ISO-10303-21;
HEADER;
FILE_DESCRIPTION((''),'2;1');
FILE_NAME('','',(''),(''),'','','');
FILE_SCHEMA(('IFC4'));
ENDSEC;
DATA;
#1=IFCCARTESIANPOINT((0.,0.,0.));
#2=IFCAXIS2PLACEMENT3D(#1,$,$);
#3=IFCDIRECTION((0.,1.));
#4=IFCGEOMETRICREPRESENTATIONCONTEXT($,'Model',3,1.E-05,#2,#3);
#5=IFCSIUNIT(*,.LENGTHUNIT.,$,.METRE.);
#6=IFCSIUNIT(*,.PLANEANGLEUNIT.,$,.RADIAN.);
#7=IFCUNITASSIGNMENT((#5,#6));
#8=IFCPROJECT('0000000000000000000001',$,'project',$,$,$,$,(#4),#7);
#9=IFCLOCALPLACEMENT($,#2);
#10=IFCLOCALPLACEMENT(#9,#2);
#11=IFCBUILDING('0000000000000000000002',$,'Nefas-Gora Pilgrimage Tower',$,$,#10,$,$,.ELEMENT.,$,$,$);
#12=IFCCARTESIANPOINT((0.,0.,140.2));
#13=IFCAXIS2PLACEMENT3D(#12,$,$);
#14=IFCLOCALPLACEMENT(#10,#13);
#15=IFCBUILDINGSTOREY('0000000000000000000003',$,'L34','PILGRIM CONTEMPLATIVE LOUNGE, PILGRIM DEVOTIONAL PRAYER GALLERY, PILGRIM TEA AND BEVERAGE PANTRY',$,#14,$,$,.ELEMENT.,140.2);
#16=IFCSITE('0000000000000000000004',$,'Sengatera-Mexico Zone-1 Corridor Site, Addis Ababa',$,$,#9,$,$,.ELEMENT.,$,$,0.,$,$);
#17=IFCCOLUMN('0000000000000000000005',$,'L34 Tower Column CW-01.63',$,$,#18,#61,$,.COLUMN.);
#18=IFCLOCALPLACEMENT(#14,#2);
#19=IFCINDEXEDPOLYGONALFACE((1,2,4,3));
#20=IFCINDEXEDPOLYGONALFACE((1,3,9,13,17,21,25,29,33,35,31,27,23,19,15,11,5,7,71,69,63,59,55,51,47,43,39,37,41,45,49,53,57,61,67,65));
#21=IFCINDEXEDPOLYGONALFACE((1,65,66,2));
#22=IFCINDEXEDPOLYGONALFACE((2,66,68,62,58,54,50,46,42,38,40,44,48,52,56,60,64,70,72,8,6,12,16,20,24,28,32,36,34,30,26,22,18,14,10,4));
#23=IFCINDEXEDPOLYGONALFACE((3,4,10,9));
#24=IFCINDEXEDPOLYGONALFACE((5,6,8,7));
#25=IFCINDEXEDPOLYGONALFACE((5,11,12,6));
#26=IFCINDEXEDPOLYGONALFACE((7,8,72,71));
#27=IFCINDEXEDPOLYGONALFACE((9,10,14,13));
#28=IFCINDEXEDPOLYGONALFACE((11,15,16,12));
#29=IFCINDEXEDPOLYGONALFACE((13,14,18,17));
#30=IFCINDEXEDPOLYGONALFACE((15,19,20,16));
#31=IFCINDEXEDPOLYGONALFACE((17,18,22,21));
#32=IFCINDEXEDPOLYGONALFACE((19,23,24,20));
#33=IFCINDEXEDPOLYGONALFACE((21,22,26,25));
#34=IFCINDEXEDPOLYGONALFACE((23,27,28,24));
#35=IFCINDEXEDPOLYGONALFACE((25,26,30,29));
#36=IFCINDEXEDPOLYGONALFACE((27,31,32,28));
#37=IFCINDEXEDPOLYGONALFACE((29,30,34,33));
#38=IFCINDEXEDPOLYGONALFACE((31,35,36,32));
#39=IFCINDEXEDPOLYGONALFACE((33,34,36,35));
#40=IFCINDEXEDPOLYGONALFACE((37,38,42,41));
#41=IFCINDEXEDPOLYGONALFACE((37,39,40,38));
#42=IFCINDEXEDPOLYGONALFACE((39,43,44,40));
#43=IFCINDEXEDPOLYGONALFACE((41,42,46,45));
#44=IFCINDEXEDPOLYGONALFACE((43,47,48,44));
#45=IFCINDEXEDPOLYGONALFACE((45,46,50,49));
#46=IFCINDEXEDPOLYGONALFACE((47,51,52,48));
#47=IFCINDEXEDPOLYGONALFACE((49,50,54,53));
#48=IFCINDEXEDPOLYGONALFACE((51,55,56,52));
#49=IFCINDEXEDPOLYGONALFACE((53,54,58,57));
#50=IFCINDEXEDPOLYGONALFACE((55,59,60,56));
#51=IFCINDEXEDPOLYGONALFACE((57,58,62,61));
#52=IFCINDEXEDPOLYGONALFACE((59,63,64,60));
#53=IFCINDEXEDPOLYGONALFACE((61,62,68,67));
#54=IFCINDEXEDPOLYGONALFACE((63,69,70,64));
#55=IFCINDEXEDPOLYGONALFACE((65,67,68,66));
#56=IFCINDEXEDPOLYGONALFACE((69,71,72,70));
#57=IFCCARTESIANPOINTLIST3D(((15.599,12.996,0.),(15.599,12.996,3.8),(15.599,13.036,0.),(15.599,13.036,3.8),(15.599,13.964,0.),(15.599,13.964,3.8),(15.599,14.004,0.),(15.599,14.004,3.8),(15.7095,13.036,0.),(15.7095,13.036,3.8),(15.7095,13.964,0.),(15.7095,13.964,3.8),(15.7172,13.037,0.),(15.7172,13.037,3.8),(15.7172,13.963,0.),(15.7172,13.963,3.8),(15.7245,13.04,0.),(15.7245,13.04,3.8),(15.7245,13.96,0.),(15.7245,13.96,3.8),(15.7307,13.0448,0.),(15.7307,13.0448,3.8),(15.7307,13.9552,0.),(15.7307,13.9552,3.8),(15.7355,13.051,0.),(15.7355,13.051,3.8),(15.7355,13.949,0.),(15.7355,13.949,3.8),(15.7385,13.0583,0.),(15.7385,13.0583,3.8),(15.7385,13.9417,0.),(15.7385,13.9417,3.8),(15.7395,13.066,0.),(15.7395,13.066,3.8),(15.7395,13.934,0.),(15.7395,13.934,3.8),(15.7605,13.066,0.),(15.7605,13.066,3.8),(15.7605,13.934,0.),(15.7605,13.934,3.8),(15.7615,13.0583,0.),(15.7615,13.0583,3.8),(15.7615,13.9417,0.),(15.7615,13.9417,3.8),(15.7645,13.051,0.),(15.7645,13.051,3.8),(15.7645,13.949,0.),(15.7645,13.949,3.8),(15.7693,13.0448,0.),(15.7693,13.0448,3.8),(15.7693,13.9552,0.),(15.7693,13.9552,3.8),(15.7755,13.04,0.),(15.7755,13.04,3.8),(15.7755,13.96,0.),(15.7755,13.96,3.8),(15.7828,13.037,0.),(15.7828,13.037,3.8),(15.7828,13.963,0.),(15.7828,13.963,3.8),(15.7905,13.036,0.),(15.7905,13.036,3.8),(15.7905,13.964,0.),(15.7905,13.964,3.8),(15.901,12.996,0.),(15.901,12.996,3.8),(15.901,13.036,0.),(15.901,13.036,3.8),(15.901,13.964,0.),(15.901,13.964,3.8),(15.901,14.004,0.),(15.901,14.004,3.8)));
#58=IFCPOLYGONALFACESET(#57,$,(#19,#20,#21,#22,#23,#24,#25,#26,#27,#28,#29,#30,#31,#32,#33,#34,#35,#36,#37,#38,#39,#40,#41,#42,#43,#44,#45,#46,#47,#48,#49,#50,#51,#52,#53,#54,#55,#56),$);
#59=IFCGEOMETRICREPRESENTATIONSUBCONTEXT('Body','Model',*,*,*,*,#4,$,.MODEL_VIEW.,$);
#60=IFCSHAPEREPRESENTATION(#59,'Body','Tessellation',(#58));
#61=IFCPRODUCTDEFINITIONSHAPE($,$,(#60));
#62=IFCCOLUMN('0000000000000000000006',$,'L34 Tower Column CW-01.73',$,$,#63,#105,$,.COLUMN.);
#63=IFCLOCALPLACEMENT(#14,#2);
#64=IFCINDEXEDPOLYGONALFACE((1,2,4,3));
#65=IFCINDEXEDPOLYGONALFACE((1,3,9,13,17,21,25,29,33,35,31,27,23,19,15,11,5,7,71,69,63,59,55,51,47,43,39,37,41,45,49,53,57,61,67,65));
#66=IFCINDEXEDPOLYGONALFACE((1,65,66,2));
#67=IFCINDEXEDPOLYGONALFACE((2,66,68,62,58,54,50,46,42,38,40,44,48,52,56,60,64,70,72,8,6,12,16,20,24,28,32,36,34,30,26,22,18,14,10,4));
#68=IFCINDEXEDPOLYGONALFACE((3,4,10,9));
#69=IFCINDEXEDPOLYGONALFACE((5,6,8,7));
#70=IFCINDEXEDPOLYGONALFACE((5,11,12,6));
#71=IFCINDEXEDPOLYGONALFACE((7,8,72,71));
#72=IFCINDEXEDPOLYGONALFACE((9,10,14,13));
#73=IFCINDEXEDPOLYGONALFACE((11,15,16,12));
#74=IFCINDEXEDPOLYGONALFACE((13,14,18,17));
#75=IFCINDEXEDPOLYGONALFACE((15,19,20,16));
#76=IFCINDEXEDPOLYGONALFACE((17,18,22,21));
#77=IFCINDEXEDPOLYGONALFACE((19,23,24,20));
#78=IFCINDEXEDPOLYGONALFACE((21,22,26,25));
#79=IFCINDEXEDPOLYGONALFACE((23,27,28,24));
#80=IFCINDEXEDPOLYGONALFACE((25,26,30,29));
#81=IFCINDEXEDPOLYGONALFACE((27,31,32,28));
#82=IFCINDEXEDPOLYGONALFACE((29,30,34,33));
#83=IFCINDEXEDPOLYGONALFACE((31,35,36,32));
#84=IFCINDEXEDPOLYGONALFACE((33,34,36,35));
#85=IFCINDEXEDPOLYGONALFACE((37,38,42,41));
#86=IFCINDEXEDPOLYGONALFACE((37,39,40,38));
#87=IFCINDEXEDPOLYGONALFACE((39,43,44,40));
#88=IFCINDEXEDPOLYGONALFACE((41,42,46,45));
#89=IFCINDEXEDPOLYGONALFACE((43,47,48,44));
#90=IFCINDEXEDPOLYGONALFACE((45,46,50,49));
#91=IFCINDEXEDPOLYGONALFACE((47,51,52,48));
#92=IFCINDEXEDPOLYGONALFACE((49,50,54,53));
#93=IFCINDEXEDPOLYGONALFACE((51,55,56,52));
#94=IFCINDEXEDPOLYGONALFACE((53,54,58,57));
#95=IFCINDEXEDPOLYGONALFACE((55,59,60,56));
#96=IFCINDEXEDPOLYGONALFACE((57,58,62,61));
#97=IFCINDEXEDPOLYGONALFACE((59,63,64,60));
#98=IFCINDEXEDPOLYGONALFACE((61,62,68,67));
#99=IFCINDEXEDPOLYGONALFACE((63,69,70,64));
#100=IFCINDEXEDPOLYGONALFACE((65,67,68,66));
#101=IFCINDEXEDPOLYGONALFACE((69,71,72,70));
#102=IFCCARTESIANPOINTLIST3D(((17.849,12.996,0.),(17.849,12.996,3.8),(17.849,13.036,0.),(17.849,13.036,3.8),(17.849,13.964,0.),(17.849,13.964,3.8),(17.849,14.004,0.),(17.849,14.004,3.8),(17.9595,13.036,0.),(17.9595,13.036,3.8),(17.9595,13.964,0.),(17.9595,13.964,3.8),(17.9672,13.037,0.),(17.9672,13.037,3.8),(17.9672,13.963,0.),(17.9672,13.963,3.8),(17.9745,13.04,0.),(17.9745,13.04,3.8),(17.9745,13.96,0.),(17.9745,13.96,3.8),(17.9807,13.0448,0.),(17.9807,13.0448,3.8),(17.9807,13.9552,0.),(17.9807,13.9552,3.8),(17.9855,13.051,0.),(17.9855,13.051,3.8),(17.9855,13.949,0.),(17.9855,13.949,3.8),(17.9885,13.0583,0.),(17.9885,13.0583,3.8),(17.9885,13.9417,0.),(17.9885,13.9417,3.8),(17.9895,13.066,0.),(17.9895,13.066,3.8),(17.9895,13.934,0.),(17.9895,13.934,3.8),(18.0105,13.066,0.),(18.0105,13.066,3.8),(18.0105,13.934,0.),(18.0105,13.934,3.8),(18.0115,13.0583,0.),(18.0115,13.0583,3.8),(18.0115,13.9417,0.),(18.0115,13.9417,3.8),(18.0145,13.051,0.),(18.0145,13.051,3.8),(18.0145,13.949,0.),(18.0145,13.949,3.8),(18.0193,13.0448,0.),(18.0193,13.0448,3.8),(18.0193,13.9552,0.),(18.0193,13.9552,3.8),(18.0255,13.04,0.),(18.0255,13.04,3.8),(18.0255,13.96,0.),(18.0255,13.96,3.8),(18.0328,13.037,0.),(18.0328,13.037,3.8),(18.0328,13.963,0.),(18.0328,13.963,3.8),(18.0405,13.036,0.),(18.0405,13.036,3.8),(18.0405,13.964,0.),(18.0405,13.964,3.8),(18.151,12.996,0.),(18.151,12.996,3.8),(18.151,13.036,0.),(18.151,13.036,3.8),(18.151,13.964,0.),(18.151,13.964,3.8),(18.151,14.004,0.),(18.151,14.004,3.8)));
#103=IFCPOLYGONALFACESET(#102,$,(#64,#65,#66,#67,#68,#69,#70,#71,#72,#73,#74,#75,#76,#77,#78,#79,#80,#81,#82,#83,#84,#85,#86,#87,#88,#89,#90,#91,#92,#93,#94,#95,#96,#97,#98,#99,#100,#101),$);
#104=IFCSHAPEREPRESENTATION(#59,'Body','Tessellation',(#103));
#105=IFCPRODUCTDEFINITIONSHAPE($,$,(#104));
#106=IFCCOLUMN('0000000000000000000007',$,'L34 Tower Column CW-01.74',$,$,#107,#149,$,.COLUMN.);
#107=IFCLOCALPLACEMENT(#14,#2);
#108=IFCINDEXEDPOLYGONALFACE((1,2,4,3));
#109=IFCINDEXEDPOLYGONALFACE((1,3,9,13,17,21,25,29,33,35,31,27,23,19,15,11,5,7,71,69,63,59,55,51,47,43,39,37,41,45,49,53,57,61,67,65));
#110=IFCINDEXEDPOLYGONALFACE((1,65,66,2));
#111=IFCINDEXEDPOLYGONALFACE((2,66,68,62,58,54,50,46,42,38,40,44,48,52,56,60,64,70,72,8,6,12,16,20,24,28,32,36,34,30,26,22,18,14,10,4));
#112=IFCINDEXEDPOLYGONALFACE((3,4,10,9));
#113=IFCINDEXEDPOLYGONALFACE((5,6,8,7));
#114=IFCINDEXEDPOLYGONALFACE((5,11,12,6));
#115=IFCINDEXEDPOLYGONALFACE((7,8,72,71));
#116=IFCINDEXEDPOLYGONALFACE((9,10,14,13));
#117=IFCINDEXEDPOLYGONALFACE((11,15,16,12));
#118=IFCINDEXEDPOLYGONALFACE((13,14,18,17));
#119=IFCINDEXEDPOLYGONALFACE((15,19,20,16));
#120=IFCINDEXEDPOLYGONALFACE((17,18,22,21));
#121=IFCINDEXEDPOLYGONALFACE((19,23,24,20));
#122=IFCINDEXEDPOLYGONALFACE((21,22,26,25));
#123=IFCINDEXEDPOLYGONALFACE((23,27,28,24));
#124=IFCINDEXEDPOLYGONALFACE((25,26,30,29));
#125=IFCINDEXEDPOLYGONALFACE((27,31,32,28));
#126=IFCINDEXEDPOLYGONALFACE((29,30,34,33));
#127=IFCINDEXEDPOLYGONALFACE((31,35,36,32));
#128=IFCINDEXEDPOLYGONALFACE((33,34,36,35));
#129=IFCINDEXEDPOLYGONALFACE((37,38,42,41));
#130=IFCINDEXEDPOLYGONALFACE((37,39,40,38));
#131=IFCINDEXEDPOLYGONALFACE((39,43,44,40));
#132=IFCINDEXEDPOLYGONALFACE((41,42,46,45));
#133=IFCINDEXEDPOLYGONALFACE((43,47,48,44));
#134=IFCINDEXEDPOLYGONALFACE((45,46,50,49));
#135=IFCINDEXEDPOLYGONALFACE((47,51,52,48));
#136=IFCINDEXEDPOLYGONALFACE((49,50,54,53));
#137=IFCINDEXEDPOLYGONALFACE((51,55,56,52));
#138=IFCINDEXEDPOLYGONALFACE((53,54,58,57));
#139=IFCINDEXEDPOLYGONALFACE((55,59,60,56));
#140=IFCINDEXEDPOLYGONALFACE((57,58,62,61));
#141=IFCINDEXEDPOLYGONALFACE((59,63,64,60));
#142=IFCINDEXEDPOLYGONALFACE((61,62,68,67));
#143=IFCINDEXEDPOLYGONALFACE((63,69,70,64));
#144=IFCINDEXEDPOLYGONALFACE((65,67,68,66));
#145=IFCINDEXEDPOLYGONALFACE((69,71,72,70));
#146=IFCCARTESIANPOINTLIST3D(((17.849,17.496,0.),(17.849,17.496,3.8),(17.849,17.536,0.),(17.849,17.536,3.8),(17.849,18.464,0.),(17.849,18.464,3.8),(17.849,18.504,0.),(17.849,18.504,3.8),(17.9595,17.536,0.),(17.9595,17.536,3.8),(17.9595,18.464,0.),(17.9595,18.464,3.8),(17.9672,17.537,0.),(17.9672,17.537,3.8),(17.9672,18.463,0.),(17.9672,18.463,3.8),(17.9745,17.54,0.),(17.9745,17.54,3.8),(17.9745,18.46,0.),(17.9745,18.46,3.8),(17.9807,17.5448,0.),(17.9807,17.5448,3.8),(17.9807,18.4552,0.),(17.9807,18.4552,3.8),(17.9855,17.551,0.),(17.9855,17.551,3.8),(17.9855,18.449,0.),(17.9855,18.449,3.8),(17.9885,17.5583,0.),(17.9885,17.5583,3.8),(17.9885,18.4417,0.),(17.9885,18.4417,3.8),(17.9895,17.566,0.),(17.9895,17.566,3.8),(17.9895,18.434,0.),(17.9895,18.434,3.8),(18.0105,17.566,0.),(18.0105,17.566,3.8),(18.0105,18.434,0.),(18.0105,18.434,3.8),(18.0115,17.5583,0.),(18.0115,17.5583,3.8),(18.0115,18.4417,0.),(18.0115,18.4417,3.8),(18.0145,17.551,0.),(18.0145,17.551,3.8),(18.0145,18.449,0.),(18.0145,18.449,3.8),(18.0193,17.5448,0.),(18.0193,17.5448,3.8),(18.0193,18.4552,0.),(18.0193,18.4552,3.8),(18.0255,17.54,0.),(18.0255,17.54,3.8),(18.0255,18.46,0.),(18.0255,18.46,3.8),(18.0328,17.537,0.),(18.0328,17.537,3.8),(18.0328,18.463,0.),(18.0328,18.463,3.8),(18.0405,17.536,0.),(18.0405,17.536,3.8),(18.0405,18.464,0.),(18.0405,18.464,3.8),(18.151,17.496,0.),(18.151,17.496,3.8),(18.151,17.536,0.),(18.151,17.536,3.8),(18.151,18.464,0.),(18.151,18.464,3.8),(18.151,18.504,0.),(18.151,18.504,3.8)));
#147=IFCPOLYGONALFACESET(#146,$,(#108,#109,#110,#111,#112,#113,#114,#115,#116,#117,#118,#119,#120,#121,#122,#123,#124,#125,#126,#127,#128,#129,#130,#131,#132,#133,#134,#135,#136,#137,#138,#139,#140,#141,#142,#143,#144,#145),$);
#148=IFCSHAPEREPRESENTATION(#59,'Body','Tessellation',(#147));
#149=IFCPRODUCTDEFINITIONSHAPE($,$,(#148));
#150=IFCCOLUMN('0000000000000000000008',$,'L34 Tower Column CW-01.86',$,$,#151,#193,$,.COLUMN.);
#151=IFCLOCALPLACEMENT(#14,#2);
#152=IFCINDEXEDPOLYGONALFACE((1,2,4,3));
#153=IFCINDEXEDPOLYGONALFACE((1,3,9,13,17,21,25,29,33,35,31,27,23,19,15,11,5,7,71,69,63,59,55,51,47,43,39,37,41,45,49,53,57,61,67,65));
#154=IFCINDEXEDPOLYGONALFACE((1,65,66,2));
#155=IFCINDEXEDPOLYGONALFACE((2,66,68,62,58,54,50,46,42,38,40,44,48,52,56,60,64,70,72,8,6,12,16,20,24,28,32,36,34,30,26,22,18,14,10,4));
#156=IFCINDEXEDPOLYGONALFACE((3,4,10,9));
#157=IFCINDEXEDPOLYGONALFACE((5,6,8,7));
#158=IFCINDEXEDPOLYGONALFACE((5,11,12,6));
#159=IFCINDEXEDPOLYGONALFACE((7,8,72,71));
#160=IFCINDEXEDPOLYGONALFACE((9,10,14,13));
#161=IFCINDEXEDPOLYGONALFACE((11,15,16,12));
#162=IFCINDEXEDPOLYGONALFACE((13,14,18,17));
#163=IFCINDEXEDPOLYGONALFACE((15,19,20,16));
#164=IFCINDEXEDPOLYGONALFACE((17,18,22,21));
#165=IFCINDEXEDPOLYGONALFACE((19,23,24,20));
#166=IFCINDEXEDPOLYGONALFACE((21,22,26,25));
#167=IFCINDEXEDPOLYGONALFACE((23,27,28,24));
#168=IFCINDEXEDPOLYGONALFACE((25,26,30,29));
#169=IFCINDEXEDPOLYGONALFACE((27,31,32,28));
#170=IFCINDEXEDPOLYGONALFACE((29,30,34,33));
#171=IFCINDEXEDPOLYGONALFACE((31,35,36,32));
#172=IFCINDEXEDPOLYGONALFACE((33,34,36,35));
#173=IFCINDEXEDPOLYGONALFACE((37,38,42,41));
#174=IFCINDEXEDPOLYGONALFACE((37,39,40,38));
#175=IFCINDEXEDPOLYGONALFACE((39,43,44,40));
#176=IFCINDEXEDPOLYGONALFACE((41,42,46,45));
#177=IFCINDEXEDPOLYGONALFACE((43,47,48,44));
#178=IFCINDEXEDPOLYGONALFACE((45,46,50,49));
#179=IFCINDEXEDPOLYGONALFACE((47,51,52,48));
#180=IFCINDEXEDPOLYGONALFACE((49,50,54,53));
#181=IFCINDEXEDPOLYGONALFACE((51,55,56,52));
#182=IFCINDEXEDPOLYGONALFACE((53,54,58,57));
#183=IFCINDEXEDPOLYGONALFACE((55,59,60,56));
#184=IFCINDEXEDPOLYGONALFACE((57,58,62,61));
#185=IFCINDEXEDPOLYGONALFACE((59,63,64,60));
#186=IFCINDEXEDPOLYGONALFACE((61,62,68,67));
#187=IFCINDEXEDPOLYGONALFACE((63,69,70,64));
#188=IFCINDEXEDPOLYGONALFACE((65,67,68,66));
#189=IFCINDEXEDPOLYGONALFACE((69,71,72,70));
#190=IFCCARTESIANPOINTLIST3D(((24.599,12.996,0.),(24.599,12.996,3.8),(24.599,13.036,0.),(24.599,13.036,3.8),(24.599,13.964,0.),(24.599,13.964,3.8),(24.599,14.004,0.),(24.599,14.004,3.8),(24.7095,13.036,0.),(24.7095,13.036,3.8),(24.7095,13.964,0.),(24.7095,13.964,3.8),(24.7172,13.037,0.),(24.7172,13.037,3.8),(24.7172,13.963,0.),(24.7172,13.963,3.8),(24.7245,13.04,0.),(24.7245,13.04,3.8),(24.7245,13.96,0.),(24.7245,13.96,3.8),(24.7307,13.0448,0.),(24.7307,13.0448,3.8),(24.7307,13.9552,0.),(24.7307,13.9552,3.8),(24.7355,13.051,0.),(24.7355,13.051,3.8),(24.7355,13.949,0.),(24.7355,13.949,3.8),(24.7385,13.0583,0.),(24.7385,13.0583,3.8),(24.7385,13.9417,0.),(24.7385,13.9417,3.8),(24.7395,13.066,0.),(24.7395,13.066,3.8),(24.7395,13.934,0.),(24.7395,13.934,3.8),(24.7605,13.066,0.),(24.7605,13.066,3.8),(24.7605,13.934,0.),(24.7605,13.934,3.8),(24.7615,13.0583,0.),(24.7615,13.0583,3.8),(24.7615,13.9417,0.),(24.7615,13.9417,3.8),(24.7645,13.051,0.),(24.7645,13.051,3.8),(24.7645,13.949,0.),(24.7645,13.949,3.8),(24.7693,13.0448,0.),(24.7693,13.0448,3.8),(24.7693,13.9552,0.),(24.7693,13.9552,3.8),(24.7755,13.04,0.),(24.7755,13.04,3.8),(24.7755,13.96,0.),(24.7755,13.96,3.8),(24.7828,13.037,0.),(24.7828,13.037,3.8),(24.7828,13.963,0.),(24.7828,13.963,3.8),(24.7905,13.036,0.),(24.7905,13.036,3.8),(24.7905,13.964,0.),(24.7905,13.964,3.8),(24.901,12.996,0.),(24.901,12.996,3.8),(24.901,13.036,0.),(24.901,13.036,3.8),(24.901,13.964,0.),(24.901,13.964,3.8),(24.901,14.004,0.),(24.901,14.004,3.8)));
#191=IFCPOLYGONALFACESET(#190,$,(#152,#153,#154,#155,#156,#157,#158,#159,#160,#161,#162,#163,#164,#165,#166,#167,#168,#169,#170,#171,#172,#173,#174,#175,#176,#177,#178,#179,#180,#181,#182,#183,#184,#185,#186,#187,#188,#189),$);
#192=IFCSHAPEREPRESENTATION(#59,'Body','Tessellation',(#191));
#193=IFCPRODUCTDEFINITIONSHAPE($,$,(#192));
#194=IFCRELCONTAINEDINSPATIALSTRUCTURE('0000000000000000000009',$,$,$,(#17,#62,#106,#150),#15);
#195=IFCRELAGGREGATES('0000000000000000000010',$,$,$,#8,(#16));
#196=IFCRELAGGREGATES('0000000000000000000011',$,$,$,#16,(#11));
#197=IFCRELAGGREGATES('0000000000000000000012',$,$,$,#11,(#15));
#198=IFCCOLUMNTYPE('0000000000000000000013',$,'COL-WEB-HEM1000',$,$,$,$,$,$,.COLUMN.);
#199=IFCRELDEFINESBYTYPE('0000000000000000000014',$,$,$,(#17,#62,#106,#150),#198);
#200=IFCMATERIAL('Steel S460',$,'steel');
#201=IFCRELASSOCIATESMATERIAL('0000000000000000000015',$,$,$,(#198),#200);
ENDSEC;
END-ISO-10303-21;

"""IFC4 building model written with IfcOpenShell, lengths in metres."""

from ifc_helpers import new_model, si_unit, direction, frame, origin, origin_2d, place, context, subcontext, project, spatial, i_section, extrude, source, transform, mapped, material, material_profile, profile_set, type_object, element, save


model = new_model("IFC4")

# Units and contexts
model_context = context("Model", 3, precision=1e-05, world=origin(), true_north=direction((0.0, 1.0)))
body_context = subcontext(model_context, "Body", "Model", "MODEL_VIEW")
ifc_project = project(units=[si_unit("LENGTHUNIT", "METRE"), si_unit("PLANEANGLEUNIT", "RADIAN")], contexts=[model_context])

# Site, building, storey
site_placement = place(None, origin())
site = spatial("IfcSite", under=ifc_project, at=site_placement, Name="Sengatera-Mexico Zone-1 Corridor Site, Addis Ababa", CompositionType="ELEMENT", RefElevation=0.0)
building_placement = place(site_placement, origin())
building = spatial("IfcBuilding", under=site, at=building_placement, Name="Nefas-Gora Pilgrimage Tower", CompositionType="ELEMENT")
storey_placement = place(building_placement, frame((0.0, 0.0, 140.2)))
storey = spatial("IfcBuildingStorey", under=building, at=storey_placement, Name="L34", Description="PILGRIM CONTEMPLATIVE LOUNGE, PILGRIM DEVOTIONAL PRAYER GALLERY, PILGRIM TEA AND BEVERAGE PANTRY", CompositionType="ELEMENT", Elevation=140.2)

# Columns
ifc_material_1 = material(Name="Steel S460", Category="steel")
ifc_material_profile_1 = material_profile(ifc_material_1, i_section(OverallWidth=0.302, OverallDepth=1.0081, WebThickness=0.021, FlangeThickness=0.04, FilletRadius=0.03, at=origin_2d()), Name="HEM 1000")
ifc_profile_set_1 = profile_set([ifc_material_profile_1], Name="Steel S460")
column_type_1 = type_object("IfcColumnType", Name="COL-WEB-HEM1000", PredefinedType="COLUMN", material=ifc_profile_set_1)
shared_shape_1 = source(origin(), body_context, "Body", "SweptSolid", [
    extrude(i_section(OverallWidth=0.302, OverallDepth=1.0081, WebThickness=0.021, FlangeThickness=0.04, FilletRadius=0.03, at=origin_2d()), origin(), (0.0, 0.0, 1.0), 3.8),
])
for number, where, z_axis, x_axis, name in (
    (1, (15.75, 13.5, 0.0), (0.0, 0.0, 1.0), (1.0, 0.0, 0.0), "L34 Tower Column CW-01.63"),
    (2, (18.0, 13.5, 0.0), (0.0, 0.0, 1.0), (1.0, 0.0, 0.0), "L34 Tower Column CW-01.73"),
    (3, (18.0, 18.0, 0.0), (0.0, 0.0, 1.0), (1.0, 0.0, 0.0), "L34 Tower Column CW-01.74"),
    (4, (24.75, 13.5, 0.0), (0.0, 0.0, 1.0), (1.0, 0.0, 0.0), "L34 Tower Column CW-01.86"),
):
    element("IfcColumn", number, at=place(storey_placement, frame(where, z_axis=z_axis, x_axis=x_axis)), inside=storey, type_object=column_type_1, Name=name, PredefinedType="COLUMN", context=body_context, shape_type="MappedRepresentation", body=[
        mapped(shared_shape_1, transform((0.0, 0.0, 0.0), x_axis=(1.0, 0.0, 0.0), y_axis=(0.0, 1.0, 0.0), z_axis=(0.0, 0.0, 1.0), scale=1.0)),
    ])

save(model, "model.ifc")
